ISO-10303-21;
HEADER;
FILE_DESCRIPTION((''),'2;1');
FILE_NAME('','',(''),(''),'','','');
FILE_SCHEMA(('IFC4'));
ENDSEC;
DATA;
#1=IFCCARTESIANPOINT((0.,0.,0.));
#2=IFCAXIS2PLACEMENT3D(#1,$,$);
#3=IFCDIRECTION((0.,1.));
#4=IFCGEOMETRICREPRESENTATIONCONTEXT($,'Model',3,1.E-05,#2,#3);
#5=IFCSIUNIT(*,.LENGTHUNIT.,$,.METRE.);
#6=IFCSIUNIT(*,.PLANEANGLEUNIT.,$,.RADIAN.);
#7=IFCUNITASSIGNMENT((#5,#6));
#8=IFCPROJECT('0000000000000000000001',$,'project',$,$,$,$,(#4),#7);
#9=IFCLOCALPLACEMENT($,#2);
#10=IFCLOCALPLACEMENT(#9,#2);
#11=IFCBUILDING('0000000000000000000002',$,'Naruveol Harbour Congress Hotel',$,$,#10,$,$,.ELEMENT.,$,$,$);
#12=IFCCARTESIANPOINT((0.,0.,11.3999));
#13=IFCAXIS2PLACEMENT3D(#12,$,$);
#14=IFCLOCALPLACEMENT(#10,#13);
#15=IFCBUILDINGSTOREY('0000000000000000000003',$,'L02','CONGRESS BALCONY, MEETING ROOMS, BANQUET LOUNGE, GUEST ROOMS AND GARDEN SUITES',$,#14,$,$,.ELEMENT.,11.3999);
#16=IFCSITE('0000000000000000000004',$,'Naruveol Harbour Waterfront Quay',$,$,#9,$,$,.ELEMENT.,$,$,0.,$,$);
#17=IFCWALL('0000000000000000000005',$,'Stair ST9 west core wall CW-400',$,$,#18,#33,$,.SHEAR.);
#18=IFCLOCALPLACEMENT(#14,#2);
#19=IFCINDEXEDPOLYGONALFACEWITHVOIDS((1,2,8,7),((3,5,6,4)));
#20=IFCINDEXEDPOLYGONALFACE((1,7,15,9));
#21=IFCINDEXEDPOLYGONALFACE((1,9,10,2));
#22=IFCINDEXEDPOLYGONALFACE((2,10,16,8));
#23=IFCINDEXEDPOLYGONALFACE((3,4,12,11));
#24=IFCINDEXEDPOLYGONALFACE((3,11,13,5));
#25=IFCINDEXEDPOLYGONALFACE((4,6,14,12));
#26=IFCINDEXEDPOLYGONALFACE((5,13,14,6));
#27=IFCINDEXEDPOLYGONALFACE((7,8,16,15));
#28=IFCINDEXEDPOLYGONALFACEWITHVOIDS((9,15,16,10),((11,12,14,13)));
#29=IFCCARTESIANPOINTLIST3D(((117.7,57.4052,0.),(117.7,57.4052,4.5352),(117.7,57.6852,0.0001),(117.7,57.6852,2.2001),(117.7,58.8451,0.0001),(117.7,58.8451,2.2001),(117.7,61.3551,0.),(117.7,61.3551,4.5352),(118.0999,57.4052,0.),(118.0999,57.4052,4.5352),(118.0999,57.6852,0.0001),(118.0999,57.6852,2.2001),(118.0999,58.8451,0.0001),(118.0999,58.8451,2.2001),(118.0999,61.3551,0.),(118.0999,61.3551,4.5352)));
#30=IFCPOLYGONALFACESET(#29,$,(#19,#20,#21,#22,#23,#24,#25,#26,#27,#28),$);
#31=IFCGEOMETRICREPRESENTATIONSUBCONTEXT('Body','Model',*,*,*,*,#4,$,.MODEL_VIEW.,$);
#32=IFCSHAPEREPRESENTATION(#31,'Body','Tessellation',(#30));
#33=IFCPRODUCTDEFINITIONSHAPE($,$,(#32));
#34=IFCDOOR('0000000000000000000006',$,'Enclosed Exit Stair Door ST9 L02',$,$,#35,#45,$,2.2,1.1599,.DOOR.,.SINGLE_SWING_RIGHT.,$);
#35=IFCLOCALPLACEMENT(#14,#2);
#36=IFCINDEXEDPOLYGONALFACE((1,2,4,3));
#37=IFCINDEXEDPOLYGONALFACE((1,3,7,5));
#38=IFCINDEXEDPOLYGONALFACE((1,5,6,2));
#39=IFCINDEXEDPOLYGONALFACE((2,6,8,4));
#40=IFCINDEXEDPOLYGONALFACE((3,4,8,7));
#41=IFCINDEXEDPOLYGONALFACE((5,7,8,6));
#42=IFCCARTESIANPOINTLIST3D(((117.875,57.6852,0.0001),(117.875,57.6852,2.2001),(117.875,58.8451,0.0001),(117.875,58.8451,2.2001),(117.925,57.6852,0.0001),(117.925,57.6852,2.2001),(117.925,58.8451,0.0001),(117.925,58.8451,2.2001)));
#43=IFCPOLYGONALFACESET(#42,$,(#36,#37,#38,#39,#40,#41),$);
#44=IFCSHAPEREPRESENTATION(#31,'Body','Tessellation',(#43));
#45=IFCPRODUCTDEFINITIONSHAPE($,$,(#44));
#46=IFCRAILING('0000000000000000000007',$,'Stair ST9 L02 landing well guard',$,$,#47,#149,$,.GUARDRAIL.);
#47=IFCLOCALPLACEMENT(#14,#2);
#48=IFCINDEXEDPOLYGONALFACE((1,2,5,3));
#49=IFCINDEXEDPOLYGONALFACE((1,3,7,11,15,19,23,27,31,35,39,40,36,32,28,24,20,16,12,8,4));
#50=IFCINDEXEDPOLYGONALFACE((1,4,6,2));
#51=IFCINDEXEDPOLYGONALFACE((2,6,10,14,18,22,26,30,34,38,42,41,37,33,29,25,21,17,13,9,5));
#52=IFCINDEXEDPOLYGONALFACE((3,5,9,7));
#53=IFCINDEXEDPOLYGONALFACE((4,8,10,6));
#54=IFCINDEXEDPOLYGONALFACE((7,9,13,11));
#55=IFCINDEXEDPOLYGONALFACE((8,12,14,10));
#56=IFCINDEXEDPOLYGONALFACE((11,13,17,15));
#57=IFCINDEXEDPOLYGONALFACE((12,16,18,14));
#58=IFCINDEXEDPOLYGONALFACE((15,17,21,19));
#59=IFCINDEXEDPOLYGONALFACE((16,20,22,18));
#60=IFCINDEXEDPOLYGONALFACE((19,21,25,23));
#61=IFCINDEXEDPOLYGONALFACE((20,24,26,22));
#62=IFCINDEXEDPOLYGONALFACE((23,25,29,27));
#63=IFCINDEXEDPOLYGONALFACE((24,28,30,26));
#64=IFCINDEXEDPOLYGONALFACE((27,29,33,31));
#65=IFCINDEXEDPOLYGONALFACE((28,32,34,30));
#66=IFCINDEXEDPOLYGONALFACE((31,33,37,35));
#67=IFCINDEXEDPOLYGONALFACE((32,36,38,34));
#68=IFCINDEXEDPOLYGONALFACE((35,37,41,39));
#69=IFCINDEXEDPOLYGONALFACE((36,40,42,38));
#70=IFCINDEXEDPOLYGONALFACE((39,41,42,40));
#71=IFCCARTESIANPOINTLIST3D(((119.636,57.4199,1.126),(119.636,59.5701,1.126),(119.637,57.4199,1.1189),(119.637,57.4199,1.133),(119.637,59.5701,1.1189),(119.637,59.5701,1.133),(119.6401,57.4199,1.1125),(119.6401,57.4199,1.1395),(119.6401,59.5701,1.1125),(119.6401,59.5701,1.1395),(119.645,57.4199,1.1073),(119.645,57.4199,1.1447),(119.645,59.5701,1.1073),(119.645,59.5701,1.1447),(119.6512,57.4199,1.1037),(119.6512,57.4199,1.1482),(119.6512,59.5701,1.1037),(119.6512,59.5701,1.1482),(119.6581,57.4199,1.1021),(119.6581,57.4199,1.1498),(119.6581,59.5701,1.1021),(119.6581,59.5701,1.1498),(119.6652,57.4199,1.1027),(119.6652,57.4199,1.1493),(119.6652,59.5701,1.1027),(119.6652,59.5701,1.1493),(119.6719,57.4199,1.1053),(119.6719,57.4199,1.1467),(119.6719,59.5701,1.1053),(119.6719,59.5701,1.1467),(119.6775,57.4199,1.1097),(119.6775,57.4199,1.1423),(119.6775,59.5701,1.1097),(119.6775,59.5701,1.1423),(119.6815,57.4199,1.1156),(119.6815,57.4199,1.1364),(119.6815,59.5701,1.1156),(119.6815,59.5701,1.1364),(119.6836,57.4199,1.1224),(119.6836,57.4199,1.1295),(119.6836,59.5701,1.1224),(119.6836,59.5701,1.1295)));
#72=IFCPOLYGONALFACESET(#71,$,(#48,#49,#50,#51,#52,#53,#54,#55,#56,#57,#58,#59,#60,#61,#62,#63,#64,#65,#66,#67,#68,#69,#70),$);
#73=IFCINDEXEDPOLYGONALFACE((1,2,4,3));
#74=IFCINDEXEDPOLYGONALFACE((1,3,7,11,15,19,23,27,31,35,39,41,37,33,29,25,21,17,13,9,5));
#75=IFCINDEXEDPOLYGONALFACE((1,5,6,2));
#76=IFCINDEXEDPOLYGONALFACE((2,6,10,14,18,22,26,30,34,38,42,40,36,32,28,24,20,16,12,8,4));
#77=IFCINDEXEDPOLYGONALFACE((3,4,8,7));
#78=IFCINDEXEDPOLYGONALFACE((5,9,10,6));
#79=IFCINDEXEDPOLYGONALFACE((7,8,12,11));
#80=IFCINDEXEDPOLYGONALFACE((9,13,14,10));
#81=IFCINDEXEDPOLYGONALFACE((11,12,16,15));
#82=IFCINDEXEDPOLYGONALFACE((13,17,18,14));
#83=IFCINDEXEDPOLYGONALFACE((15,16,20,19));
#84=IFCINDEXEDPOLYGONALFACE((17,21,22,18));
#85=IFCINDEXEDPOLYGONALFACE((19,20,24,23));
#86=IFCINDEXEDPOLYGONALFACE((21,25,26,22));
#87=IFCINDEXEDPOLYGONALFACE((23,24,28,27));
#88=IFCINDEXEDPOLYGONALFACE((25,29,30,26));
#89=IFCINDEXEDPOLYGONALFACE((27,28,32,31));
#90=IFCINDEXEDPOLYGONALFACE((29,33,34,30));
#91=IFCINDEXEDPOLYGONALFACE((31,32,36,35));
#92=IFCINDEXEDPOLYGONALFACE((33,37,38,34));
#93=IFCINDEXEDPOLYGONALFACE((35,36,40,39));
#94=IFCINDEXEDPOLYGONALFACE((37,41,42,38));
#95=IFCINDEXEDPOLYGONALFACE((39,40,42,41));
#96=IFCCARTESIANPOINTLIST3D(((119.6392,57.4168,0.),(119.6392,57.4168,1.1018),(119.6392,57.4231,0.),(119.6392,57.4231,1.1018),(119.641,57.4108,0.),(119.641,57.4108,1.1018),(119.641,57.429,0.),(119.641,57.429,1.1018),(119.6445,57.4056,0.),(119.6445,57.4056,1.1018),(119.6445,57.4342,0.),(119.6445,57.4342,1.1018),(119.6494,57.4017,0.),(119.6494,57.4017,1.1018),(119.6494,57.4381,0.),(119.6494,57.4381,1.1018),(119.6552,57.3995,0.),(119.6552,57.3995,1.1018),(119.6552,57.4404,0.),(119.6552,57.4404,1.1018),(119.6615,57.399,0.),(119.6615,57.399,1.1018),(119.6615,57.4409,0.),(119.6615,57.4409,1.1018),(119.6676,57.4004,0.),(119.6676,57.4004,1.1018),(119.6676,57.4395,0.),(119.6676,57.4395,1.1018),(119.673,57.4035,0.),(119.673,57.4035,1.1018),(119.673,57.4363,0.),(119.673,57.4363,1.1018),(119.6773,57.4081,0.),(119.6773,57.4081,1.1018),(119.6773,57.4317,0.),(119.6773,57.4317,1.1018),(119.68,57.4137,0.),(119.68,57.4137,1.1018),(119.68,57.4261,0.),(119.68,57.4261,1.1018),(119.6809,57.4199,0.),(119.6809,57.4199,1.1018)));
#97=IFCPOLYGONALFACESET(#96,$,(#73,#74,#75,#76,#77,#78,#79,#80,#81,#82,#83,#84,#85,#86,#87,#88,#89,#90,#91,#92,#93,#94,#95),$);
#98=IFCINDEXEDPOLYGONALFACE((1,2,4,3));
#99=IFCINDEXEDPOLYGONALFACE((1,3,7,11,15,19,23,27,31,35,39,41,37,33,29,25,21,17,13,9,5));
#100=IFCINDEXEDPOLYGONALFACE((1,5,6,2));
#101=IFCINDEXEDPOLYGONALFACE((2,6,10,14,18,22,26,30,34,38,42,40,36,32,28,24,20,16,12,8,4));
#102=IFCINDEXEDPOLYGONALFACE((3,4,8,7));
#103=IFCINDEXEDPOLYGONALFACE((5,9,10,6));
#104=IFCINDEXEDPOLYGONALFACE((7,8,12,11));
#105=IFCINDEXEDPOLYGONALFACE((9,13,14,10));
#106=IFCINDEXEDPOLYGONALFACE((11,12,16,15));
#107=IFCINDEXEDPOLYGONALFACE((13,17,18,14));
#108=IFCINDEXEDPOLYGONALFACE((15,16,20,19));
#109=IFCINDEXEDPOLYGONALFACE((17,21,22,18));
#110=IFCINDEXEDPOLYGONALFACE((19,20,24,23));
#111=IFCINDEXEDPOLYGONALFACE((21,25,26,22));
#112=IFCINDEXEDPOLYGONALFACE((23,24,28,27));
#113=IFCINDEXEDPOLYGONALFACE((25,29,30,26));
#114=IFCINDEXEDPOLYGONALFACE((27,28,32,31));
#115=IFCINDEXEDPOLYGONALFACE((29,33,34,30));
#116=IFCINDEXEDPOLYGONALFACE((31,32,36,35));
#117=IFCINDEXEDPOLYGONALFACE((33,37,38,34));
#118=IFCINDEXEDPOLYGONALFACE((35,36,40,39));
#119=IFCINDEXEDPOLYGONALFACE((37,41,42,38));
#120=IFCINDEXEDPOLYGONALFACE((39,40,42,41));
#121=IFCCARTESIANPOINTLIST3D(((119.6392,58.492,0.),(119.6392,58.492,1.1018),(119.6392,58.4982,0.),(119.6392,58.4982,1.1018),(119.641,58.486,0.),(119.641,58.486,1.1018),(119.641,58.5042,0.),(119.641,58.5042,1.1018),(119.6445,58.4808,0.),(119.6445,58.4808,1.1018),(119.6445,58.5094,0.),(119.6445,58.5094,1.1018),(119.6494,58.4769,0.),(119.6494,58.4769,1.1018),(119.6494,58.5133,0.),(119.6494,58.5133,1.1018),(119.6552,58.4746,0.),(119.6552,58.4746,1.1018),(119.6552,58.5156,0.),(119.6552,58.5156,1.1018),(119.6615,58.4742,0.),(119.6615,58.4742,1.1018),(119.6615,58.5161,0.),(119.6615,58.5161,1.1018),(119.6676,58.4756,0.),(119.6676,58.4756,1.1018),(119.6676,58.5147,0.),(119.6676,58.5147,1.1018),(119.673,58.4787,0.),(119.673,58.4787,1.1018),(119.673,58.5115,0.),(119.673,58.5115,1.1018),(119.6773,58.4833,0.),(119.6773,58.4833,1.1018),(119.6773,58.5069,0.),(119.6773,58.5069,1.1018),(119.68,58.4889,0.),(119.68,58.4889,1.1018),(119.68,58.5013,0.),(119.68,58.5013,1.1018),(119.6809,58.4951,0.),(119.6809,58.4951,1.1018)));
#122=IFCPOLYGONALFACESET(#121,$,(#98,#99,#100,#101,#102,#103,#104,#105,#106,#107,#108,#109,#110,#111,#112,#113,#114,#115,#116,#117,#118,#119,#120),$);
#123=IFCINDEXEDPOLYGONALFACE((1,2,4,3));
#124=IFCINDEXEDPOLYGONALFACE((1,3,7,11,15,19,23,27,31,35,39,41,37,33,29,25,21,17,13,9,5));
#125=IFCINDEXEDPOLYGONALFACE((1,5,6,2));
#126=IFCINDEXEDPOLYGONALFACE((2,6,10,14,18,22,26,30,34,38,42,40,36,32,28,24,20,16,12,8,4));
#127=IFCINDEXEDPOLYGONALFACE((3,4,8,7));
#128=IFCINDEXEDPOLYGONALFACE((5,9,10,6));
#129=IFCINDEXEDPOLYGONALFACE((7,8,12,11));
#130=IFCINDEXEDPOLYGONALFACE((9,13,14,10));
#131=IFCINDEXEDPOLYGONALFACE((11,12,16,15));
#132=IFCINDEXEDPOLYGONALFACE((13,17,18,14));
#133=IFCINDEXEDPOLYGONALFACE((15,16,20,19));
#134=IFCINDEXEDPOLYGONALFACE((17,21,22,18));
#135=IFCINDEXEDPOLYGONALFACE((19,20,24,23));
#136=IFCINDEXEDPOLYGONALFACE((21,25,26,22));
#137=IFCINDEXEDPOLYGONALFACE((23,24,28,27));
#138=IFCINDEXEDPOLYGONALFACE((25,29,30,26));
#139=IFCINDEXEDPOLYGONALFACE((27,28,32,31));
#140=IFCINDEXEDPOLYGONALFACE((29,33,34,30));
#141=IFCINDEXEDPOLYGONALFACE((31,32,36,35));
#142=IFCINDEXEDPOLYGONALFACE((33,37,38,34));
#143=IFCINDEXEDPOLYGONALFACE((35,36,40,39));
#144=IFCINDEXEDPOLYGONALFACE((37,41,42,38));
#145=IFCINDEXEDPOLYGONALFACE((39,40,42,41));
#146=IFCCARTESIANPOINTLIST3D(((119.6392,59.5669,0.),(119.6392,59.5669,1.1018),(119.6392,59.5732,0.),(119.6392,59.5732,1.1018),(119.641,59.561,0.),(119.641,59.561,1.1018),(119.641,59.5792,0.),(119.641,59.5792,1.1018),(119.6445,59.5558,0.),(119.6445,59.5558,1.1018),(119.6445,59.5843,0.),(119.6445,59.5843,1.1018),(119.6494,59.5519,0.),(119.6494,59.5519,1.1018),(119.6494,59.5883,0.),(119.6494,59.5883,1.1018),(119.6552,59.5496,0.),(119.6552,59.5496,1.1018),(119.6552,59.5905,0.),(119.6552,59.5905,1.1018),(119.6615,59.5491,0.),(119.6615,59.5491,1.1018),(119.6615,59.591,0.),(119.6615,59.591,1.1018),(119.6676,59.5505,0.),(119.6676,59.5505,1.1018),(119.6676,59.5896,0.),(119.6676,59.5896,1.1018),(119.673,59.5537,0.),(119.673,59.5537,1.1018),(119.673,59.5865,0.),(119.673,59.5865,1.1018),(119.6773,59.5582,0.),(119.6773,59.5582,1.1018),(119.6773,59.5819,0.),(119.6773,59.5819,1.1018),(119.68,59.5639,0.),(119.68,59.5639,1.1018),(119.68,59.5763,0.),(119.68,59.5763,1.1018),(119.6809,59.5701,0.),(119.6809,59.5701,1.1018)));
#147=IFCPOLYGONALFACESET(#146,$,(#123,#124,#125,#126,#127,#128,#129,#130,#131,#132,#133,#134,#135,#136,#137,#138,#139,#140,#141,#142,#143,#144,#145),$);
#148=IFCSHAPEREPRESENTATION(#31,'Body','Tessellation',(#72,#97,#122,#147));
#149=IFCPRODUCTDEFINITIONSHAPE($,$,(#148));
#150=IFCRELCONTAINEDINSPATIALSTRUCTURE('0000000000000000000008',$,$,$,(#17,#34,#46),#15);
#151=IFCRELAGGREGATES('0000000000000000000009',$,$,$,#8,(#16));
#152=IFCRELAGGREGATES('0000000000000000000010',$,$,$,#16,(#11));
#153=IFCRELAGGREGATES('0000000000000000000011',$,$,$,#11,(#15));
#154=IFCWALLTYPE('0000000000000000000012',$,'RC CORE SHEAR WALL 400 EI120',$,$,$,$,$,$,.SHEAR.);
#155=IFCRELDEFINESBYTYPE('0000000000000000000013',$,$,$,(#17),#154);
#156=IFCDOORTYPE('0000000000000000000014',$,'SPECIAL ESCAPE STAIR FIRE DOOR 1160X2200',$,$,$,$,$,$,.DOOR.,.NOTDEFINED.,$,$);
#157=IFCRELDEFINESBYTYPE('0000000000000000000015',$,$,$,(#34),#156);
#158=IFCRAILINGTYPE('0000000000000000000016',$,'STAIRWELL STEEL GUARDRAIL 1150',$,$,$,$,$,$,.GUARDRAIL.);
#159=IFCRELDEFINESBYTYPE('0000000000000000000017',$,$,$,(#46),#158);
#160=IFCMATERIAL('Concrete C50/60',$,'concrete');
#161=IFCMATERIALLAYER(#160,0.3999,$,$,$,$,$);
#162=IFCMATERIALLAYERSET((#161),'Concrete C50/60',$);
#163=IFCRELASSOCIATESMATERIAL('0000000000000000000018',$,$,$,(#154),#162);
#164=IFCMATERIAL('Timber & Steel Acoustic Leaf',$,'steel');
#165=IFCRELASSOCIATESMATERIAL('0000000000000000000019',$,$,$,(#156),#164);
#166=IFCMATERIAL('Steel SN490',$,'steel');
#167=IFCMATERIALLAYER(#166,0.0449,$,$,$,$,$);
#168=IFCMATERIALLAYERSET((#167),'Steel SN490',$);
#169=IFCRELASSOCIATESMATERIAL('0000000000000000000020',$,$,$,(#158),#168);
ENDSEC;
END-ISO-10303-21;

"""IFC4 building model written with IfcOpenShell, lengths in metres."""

from ifc_helpers import new_model, si_unit, direction, frame, frame_2d, origin, origin_2d, place, context, subcontext, project, spatial, rectangle, circle, extrude, material, layer, layer_set, type_object, element, fill, save


model = new_model("IFC4")

# Units and contexts
model_context = context("Model", 3, precision=1e-05, world=origin(), true_north=direction((0.0, 1.0)))
body_context = subcontext(model_context, "Body", "Model", "MODEL_VIEW")
ifc_project = project(units=[si_unit("LENGTHUNIT", "METRE"), si_unit("PLANEANGLEUNIT", "RADIAN")], contexts=[model_context])

# Site, building, storey
site_placement = place(None, origin())
site = spatial("IfcSite", under=ifc_project, at=site_placement, Name="Naruveol Harbour Waterfront Quay", CompositionType="ELEMENT", RefElevation=0.0)
building_placement = place(site_placement, origin())
building = spatial("IfcBuilding", under=site, at=building_placement, Name="Naruveol Harbour Congress Hotel", CompositionType="ELEMENT")
storey_placement = place(building_placement, frame((0.0, 0.0, 11.3999)))
storey = spatial("IfcBuildingStorey", under=building, at=storey_placement, Name="L02", Description="CONGRESS BALCONY, MEETING ROOMS, BANQUET LOUNGE, GUEST ROOMS AND GARDEN SUITES", CompositionType="ELEMENT", Elevation=11.3999)

# Shared definitions
ifc_material_1 = material(Name="Concrete C50/60", Category="concrete")
ifc_layer_1 = layer(ifc_material_1, 0.3999)
ifc_layer_set_1 = layer_set([ifc_layer_1], Name="Concrete C50/60")
wall_type_1 = type_object("IfcWallType", Name="RC CORE SHEAR WALL 400 EI120", PredefinedType="SHEAR", material=ifc_layer_set_1)

# Wall, opening, door
wall_1_placement = place(storey_placement, frame((117.8999, 57.405, 0.0), z_axis=(0.0, 0.0, 1.0), x_axis=(0.0, 1.0, 0.0)))
wall_1 = element("IfcWall", 1, at=wall_1_placement, inside=storey, type_object=wall_type_1, Name="Stair ST9 west core wall CW-400", PredefinedType="SHEAR", context=body_context, shape_type="SweptSolid", body=[
    extrude(rectangle(XDim=3.95, YDim=0.3999, at=frame_2d((1.9751, 0.0))), origin(), (0.0, 0.0, 1.0), 4.5352),
])
opening_1_placement = place(wall_1_placement, frame((0.28, 0.0, 0.0)))
opening_1 = element("IfcOpeningElement", 2, at=opening_1_placement, cuts=wall_1, PredefinedType="OPENING", context=body_context, shape_type="SweptSolid", body=[
    extrude(rectangle(XDim=1.1599, YDim=2.2, at=frame_2d((0.5801, 1.1001))), frame((0.0, 0.21, 0.0), z_axis=(0.0, -1.0, 0.0), x_axis=(1.0, 0.0, 0.0)), (0.0, 0.0, 1.0), 0.4199),
])
ifc_material_2 = material(Name="Timber & Steel Acoustic Leaf", Category="steel")
door_type_1 = type_object("IfcDoorType", Name="SPECIAL ESCAPE STAIR FIRE DOOR 1160X2200", OperationType="NOTDEFINED", PredefinedType="DOOR", material=ifc_material_2)
door_1_placement = place(opening_1_placement, origin())
door_1 = element("IfcDoor", 3, at=door_1_placement, inside=storey, type_object=door_type_1, Name="Enclosed Exit Stair Door ST9 L02", OperationType="SINGLE_SWING_RIGHT", OverallHeight=2.2, OverallWidth=1.1599, PredefinedType="DOOR", context=body_context, shape_type="SweptSolid", body=[
    extrude(rectangle(XDim=1.1599, YDim=2.2, at=frame_2d((0.5801, 1.1001))), frame((0.0, 0.0249, 0.0), z_axis=(0.0, -1.0, 0.0), x_axis=(1.0, 0.0, 0.0)), (0.0, 0.0, 1.0), 0.05),
])
fill(opening_1, door_1)

# Railing
ifc_material_3 = material(Name="Steel SN490", Category="steel")
ifc_layer_2 = layer(ifc_material_3, 0.0449)
ifc_layer_set_2 = layer_set([ifc_layer_2], Name="Steel SN490")
railing_type = type_object("IfcRailingType", Name="STAIRWELL STEEL GUARDRAIL 1150", PredefinedType="GUARDRAIL", material=ifc_layer_set_2)
railing_placement = place(storey_placement, frame((119.6599, 57.4199, 0.0)))
element("IfcRailing", 4, at=railing_placement, inside=storey, type_object=railing_type, Name="Stair ST9 L02 landing well guard", PredefinedType="GUARDRAIL", context=body_context, shape_type="SweptSolid", body=[
    extrude(circle(Radius=0.0239, at=origin_2d()), frame((0.0, 0.0, 1.126), z_axis=(0.0, 1.0, 0.0), x_axis=(-1.0, 0.0, 0.0)), (0.0, 0.0, 1.0), 2.1501),
    extrude(circle(Radius=0.021, at=origin_2d()), origin(), (0.0, 0.0, 1.0), 1.1018),
    extrude(circle(Radius=0.021, at=origin_2d()), frame((0.0, 1.0752, 0.0)), (0.0, 0.0, 1.0), 1.1018),
    extrude(circle(Radius=0.021, at=origin_2d()), frame((0.0, 2.1501, 0.0)), (0.0, 0.0, 1.0), 1.1018),
])

save(model, "model.ifc")
